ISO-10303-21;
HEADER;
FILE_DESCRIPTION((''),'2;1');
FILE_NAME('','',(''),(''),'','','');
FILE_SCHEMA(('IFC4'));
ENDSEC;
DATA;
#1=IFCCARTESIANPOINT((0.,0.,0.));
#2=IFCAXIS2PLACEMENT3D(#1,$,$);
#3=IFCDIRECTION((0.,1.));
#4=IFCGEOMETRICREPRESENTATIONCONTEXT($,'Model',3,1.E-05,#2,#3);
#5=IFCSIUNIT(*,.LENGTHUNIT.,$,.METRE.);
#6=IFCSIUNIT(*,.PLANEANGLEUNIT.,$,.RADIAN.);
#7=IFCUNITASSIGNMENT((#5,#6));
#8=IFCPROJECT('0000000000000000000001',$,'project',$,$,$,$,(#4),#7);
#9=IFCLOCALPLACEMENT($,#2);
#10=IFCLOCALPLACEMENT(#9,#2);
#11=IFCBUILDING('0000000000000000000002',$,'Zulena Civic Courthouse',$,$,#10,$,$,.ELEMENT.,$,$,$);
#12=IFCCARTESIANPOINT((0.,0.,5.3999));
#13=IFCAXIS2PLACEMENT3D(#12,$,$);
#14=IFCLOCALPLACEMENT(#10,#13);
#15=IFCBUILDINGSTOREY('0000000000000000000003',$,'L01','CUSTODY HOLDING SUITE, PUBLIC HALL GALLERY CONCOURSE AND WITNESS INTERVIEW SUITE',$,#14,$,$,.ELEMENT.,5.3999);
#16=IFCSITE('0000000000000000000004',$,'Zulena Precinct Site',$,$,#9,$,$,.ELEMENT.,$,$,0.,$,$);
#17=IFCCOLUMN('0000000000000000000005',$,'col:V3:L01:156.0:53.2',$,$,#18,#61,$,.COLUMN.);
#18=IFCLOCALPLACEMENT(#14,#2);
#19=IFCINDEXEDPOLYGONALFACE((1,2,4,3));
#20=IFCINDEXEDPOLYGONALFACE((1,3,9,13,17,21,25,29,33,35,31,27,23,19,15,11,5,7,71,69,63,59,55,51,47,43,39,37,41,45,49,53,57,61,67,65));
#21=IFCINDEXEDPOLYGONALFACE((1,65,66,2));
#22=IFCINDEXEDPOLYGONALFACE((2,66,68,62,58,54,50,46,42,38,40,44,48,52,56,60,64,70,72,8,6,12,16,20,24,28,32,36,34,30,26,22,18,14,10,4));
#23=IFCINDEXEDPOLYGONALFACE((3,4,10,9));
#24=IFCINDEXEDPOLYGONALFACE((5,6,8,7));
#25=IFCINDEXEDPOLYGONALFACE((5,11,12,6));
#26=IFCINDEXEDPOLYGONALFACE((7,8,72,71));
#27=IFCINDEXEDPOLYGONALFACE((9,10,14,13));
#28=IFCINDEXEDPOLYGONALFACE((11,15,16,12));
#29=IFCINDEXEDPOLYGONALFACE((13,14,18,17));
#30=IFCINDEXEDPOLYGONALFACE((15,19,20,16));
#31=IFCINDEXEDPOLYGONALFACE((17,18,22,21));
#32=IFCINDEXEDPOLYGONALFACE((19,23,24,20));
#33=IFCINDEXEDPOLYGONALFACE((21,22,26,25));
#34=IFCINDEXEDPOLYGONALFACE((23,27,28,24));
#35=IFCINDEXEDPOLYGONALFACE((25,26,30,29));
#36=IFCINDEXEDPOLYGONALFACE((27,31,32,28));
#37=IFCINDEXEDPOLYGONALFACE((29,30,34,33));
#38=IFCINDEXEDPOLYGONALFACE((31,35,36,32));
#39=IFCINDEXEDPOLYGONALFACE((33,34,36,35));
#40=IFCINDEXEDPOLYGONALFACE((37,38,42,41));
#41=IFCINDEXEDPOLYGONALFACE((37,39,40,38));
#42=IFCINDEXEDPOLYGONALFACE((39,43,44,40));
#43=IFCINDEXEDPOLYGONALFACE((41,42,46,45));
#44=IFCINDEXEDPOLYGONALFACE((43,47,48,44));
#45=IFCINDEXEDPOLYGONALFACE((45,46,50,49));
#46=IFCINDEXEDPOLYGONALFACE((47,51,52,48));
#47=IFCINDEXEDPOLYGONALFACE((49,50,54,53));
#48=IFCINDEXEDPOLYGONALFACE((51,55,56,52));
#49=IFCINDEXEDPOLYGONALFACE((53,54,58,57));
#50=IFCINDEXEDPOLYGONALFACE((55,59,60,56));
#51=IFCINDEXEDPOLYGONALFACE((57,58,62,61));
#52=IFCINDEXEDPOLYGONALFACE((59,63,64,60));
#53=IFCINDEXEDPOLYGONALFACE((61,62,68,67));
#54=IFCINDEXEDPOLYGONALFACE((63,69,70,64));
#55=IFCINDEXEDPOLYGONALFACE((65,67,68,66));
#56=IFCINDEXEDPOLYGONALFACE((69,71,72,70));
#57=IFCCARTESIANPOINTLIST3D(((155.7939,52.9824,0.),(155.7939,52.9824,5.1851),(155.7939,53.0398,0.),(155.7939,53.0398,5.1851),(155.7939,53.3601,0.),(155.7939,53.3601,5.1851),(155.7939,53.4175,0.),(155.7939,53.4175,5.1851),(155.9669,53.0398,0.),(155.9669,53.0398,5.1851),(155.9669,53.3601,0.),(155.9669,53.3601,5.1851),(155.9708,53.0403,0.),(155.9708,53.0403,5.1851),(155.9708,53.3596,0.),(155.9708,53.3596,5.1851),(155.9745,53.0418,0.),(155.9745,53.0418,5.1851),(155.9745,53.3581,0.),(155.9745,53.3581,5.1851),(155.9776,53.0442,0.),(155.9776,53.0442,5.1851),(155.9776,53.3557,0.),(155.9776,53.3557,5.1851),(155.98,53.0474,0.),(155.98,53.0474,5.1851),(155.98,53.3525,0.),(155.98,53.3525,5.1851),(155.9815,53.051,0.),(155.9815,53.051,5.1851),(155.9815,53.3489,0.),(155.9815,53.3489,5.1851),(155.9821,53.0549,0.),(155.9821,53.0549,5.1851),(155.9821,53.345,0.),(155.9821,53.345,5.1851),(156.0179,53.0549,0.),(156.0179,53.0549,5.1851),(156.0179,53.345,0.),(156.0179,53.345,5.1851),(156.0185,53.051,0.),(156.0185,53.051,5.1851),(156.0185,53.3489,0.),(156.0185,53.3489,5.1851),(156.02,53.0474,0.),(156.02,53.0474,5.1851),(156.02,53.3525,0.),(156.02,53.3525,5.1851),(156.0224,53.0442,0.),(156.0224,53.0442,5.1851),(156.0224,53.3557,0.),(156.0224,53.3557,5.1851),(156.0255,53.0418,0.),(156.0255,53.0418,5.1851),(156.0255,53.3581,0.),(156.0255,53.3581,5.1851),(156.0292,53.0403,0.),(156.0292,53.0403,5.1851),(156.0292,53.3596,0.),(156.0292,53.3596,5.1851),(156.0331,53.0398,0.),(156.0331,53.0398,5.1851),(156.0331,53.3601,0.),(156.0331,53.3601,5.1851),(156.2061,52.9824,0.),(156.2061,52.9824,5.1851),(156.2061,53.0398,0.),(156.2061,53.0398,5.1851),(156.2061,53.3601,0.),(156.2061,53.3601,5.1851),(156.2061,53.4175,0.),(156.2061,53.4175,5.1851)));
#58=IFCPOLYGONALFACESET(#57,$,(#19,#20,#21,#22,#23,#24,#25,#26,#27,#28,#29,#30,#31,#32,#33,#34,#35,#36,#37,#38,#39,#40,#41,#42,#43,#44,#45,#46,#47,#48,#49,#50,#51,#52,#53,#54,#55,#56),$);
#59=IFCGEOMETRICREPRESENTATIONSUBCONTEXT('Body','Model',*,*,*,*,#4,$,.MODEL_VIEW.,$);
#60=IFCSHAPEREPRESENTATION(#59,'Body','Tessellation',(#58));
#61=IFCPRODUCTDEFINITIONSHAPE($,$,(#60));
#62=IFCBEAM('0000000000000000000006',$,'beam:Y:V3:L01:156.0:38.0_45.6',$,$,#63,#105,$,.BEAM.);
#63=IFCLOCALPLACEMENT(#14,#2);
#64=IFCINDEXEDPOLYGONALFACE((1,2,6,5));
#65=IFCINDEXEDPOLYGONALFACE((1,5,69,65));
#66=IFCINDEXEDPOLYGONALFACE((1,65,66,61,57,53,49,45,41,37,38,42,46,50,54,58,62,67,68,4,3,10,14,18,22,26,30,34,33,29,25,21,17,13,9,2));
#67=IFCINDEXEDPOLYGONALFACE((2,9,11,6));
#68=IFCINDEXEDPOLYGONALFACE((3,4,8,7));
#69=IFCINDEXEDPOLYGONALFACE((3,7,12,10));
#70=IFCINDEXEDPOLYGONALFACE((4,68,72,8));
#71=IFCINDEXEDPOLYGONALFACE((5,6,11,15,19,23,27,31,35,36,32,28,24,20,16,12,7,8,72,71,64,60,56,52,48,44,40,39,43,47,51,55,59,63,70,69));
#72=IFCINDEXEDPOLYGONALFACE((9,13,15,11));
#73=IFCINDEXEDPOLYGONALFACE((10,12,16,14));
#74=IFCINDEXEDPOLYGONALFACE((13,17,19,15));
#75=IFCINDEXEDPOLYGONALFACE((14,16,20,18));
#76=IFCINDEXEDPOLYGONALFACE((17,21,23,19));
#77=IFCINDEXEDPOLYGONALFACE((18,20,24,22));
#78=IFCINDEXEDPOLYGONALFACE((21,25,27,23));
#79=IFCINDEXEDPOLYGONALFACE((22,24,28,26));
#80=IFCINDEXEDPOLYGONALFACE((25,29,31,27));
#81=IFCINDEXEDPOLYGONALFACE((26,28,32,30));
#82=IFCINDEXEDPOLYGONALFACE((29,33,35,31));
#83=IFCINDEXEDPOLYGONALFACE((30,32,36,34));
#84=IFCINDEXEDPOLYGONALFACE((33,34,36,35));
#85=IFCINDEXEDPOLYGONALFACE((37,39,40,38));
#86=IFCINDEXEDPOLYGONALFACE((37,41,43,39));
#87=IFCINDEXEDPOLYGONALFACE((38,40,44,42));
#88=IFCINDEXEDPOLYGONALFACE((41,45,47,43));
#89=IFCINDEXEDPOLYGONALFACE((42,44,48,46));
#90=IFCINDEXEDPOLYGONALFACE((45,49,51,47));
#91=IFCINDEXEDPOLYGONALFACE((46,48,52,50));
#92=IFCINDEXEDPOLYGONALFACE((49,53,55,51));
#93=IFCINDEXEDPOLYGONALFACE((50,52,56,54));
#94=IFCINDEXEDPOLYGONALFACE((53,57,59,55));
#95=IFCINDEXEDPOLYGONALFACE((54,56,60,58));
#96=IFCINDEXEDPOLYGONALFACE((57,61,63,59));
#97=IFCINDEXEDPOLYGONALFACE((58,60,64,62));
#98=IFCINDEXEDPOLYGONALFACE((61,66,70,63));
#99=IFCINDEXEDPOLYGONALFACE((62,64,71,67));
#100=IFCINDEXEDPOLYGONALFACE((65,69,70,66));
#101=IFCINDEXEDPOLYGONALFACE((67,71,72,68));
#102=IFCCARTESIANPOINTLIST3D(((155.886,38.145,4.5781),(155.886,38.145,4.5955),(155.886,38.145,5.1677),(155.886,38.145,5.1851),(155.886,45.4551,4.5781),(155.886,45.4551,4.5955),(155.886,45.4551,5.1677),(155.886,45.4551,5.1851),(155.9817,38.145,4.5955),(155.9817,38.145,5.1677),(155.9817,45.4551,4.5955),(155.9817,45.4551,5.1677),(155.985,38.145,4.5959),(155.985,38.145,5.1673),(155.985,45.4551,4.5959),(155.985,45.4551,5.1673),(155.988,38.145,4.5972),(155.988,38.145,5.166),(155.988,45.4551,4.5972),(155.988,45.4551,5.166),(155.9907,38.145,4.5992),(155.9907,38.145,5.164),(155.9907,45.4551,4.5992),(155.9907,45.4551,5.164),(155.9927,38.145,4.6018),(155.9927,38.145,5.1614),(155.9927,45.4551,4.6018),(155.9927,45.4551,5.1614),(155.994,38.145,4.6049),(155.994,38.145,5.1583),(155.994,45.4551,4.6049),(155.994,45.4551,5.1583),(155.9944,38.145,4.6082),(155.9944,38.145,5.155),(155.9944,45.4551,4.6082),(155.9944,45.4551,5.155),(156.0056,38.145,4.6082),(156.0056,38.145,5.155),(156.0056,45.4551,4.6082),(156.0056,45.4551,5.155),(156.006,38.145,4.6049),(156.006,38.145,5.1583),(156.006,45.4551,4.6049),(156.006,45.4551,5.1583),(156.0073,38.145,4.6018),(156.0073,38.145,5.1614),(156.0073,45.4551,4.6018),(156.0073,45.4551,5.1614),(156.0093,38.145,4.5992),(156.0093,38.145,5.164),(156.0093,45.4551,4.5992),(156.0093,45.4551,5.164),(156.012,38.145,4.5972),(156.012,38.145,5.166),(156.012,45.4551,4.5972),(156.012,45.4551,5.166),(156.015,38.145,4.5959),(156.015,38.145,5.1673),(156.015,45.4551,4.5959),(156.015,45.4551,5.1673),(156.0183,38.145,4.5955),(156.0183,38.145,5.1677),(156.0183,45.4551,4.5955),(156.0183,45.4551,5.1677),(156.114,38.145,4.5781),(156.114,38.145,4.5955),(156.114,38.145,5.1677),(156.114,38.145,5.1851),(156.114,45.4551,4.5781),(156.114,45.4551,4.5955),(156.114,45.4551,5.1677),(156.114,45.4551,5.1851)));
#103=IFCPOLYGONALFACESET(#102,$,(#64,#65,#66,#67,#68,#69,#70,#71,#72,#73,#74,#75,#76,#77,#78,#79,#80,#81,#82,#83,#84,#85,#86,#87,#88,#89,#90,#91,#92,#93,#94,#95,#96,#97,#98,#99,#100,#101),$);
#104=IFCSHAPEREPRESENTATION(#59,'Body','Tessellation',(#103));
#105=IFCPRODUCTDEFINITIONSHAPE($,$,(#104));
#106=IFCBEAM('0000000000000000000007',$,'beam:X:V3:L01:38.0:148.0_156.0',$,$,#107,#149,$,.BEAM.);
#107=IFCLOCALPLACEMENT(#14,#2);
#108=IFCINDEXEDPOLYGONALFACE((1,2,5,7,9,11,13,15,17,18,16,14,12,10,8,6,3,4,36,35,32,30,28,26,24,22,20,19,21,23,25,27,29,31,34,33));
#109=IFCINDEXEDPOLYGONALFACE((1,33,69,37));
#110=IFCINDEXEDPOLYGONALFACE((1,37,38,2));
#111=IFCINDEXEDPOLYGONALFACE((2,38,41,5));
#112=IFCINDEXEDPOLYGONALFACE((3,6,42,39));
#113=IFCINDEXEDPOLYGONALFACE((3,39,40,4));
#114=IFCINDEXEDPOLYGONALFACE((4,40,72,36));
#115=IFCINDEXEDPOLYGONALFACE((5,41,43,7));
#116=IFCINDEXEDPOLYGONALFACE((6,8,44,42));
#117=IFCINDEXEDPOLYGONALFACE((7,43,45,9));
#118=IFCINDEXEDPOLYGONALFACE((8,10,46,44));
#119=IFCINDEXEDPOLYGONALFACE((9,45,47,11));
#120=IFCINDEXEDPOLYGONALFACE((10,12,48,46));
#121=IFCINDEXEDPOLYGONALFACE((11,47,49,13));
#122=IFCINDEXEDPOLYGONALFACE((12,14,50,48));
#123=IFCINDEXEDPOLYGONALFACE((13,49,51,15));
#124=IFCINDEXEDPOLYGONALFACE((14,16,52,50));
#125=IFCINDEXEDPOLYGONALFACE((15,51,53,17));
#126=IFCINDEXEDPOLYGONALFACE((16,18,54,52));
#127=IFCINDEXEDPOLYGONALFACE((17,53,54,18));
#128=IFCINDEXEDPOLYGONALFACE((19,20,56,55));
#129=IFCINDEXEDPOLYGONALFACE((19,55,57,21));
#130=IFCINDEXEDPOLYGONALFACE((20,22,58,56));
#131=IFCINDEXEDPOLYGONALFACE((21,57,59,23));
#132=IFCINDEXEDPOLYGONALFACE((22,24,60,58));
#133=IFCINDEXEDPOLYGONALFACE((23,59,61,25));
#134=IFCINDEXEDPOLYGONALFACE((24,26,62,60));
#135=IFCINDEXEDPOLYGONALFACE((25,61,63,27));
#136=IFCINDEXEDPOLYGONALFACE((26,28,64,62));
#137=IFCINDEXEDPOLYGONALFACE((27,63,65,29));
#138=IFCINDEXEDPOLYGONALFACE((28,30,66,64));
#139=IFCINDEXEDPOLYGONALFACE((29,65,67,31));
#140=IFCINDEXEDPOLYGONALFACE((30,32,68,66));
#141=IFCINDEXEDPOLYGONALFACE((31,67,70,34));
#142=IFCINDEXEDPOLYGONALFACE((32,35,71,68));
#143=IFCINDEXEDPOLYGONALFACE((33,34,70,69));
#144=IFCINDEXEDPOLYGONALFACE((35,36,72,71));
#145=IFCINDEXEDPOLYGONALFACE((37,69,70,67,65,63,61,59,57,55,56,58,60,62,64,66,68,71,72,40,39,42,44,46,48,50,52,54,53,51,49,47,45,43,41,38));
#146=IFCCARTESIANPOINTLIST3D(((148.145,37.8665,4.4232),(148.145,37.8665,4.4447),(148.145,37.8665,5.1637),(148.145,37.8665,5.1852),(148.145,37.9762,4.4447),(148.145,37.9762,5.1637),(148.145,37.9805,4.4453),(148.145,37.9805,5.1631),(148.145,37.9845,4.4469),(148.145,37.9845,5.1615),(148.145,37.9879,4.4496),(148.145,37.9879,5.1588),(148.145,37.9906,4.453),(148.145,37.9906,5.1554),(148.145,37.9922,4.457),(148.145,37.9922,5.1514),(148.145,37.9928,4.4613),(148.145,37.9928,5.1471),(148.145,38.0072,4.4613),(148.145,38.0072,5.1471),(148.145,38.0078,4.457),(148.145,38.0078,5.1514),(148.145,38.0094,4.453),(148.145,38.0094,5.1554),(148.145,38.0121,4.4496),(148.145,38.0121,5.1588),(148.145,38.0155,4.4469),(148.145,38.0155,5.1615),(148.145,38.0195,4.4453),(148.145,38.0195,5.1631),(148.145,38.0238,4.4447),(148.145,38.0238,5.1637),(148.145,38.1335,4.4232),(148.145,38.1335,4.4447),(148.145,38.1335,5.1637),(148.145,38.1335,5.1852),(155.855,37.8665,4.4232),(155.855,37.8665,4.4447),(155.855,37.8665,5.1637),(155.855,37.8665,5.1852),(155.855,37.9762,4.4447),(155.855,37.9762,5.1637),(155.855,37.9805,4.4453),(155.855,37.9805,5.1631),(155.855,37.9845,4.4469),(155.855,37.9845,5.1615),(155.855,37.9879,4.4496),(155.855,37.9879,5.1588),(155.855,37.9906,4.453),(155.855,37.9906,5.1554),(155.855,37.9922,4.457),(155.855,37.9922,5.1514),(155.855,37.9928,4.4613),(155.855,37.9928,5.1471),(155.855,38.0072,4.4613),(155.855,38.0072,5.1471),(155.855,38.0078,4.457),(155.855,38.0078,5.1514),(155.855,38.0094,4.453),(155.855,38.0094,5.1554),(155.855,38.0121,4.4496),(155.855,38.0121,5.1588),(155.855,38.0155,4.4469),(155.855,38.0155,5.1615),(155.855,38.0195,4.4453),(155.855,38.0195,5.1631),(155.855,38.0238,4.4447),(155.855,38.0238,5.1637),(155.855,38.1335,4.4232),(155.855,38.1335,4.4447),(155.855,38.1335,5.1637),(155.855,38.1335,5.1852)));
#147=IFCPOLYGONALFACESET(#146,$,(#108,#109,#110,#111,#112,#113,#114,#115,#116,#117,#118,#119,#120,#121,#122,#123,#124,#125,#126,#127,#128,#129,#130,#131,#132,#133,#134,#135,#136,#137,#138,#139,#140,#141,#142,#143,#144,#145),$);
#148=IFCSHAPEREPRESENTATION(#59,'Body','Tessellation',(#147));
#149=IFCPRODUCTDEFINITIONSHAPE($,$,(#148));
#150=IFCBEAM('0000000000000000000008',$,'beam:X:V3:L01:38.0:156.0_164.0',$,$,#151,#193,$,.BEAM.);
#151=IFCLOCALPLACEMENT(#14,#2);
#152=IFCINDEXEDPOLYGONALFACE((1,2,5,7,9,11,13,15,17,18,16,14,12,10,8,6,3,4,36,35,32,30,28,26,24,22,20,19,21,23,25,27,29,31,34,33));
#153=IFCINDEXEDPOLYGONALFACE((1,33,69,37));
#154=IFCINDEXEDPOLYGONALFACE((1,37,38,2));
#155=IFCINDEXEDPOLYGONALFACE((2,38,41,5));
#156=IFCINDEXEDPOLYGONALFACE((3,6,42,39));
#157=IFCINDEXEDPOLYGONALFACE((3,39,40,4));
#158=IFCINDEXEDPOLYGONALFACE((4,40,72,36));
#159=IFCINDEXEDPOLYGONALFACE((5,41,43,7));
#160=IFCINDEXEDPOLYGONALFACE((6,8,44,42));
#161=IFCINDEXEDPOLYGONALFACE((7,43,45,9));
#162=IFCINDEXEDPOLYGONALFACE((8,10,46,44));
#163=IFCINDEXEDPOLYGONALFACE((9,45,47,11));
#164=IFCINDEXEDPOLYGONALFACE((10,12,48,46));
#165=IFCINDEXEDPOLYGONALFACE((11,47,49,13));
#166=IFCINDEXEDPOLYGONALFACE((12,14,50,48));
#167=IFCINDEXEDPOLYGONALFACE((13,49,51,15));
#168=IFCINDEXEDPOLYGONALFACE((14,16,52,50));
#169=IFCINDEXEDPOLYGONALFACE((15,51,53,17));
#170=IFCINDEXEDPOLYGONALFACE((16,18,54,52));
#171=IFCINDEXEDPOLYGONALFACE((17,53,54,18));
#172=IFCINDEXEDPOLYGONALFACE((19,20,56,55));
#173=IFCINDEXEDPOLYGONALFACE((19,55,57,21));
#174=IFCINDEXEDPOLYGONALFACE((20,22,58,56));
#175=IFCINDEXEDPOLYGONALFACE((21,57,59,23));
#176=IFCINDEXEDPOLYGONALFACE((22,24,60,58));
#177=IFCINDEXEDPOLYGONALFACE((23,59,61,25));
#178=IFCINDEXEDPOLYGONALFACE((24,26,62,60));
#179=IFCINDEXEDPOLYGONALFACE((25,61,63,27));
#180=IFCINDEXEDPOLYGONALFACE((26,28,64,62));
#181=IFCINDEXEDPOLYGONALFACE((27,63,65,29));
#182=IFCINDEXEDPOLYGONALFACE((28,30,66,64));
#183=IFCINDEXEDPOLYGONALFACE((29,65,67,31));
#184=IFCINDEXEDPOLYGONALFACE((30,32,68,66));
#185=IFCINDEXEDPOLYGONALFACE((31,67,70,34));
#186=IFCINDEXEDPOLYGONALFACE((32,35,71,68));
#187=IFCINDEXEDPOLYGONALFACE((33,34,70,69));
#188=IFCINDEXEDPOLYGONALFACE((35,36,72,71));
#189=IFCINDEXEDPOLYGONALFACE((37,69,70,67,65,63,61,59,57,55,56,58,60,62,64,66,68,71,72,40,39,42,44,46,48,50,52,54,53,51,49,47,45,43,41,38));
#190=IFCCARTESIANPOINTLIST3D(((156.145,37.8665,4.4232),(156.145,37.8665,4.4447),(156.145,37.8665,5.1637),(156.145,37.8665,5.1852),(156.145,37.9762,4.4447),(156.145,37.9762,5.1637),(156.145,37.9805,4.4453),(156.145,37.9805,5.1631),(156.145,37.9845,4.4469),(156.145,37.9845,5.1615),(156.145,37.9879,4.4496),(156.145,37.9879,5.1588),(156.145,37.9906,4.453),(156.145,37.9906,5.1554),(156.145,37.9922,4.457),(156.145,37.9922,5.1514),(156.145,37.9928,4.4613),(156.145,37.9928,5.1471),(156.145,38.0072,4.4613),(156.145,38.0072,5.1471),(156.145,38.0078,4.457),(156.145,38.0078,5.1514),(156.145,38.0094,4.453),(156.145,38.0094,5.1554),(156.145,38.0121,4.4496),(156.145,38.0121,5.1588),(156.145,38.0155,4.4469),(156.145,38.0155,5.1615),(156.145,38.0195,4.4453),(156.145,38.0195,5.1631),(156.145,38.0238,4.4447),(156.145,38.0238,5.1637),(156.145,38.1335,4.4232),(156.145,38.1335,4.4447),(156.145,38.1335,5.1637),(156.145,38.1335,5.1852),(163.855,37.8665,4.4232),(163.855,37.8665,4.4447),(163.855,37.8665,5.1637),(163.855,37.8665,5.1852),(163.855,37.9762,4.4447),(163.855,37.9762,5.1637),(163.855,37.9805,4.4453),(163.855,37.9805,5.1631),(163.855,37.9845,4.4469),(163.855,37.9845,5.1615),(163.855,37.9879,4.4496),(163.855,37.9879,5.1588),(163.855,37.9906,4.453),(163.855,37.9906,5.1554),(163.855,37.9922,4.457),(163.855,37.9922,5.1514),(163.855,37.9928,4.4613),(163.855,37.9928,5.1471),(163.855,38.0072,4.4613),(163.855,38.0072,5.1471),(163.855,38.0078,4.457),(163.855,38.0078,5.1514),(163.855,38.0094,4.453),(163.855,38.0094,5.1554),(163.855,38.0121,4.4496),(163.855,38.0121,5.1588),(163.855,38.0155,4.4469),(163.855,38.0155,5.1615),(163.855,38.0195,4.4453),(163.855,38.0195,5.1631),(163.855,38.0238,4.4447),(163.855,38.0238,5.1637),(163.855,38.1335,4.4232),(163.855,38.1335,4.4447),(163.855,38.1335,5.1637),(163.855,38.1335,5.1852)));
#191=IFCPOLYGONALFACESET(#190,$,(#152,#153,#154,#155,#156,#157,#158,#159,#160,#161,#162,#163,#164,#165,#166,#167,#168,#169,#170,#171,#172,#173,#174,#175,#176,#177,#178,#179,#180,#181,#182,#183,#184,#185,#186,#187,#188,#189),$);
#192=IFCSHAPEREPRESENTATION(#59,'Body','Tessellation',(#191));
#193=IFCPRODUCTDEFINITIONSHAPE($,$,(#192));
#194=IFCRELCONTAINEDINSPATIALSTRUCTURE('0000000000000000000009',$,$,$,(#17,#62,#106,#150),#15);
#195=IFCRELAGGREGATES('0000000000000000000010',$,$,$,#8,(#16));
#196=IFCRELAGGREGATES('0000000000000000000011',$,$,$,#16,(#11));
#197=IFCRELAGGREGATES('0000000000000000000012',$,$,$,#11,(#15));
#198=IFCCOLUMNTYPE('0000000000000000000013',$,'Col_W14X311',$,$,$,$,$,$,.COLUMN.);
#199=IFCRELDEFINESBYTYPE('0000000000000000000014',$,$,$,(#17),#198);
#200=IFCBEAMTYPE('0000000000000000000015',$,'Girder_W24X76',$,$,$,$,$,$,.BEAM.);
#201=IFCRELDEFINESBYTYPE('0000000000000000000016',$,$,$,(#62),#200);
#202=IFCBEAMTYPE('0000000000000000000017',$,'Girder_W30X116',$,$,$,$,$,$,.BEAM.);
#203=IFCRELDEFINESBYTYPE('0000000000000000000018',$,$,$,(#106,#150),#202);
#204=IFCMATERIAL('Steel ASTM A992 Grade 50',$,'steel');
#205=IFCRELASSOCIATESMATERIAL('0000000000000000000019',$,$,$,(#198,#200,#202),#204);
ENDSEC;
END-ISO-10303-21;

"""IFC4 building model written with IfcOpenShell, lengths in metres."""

from ifc_helpers import new_model, si_unit, direction, frame, origin, origin_2d, place, context, subcontext, project, spatial, i_section, extrude, material, material_profile, profile_set, type_object, element, save


model = new_model("IFC4")

# Units and contexts
model_context = context("Model", 3, precision=1e-05, world=origin(), true_north=direction((0.0, 1.0)))
body_context = subcontext(model_context, "Body", "Model", "MODEL_VIEW")
ifc_project = project(units=[si_unit("LENGTHUNIT", "METRE"), si_unit("PLANEANGLEUNIT", "RADIAN")], contexts=[model_context])

# Site, building, storey
site_placement = place(None, origin())
site = spatial("IfcSite", under=ifc_project, at=site_placement, Name="Zulena Precinct Site", CompositionType="ELEMENT", RefElevation=0.0)
building_placement = place(site_placement, origin())
building = spatial("IfcBuilding", under=site, at=building_placement, Name="Zulena Civic Courthouse", CompositionType="ELEMENT")
storey_placement = place(building_placement, frame((0.0, 0.0, 5.3999)))
storey = spatial("IfcBuildingStorey", under=building, at=storey_placement, Name="L01", Description="CUSTODY HOLDING SUITE, PUBLIC HALL GALLERY CONCOURSE AND WITNESS INTERVIEW SUITE", CompositionType="ELEMENT", Elevation=5.3999)

# Column
ifc_material_1 = material(Name="Steel ASTM A992 Grade 50", Category="steel")
ifc_material_profile_1 = material_profile(ifc_material_1, i_section(OverallWidth=0.4121, OverallDepth=0.4351, WebThickness=0.0359, FlangeThickness=0.0574, FilletRadius=0.0151, at=origin_2d()), Name="W14X311")
ifc_profile_set_1 = profile_set([ifc_material_profile_1], Name="Steel ASTM A992 Grade 50")
column_type_1 = type_object("IfcColumnType", Name="Col_W14X311", PredefinedType="COLUMN", material=ifc_profile_set_1)
column_1_placement = place(storey_placement, frame((156.0, 53.2, 0.0), z_axis=(0.0, 0.0, 1.0), x_axis=(1.0, 0.0, 0.0)))
element("IfcColumn", 1, at=column_1_placement, inside=storey, type_object=column_type_1, Name="col:V3:L01:156.0:53.2", PredefinedType="COLUMN", context=body_context, shape_type="SweptSolid", body=[
    extrude(i_section(OverallWidth=0.4121, OverallDepth=0.4351, WebThickness=0.0359, FlangeThickness=0.0574, FilletRadius=0.0151, at=origin_2d()), origin(), (0.0, 0.0, 1.0), 5.1851),
])

# Beams
ifc_material_profile_2 = material_profile(ifc_material_1, i_section(OverallWidth=0.228, OverallDepth=0.6069, WebThickness=0.0112, FlangeThickness=0.0173, FilletRadius=0.0127, at=origin_2d()), Name="W24X76")
ifc_profile_set_2 = profile_set([ifc_material_profile_2], Name="Steel ASTM A992 Grade 50")
beam_type_1 = type_object("IfcBeamType", Name="Girder_W24X76", PredefinedType="BEAM", material=ifc_profile_set_2)
beam_1_placement = place(storey_placement, frame((156.0, 38.145, 4.8816), z_axis=(0.0, 1.0, 0.0), x_axis=(-1.0, 0.0, 0.0)))
element("IfcBeam", 2, at=beam_1_placement, inside=storey, type_object=beam_type_1, Name="beam:Y:V3:L01:156.0:38.0_45.6", PredefinedType="BEAM", context=body_context, shape_type="SweptSolid", body=[
    extrude(i_section(OverallWidth=0.228, OverallDepth=0.6069, WebThickness=0.0112, FlangeThickness=0.0173, FilletRadius=0.0127, at=origin_2d()), origin(), (0.0, 0.0, 1.0), 7.3101),
])
ifc_material_profile_3 = material_profile(ifc_material_1, i_section(OverallWidth=0.2671, OverallDepth=0.762, WebThickness=0.0144, FlangeThickness=0.0215, FilletRadius=0.0166, at=origin_2d()), Name="W30X116")
ifc_profile_set_3 = profile_set([ifc_material_profile_3], Name="Steel ASTM A992 Grade 50")
beam_type_2 = type_object("IfcBeamType", Name="Girder_W30X116", PredefinedType="BEAM", material=ifc_profile_set_3)
for number, where, z_axis, x_axis, name in (
    (3, (148.145, 38.0, 4.8042), (1.0, 0.0, 0.0), (0.0, 1.0, 0.0), "beam:X:V3:L01:38.0:148.0_156.0"),
    (4, (156.145, 38.0, 4.8042), (1.0, 0.0, 0.0), (0.0, 1.0, 0.0), "beam:X:V3:L01:38.0:156.0_164.0"),
):
    element("IfcBeam", number, at=place(storey_placement, frame(where, z_axis=z_axis, x_axis=x_axis)), inside=storey, type_object=beam_type_2, Name=name, PredefinedType="BEAM", context=body_context, shape_type="SweptSolid", body=[
        extrude(i_section(OverallWidth=0.2671, OverallDepth=0.762, WebThickness=0.0144, FlangeThickness=0.0215, FilletRadius=0.0166, at=origin_2d()), origin(), (0.0, 0.0, 1.0), 7.71),
    ])

save(model, "model.ifc")
